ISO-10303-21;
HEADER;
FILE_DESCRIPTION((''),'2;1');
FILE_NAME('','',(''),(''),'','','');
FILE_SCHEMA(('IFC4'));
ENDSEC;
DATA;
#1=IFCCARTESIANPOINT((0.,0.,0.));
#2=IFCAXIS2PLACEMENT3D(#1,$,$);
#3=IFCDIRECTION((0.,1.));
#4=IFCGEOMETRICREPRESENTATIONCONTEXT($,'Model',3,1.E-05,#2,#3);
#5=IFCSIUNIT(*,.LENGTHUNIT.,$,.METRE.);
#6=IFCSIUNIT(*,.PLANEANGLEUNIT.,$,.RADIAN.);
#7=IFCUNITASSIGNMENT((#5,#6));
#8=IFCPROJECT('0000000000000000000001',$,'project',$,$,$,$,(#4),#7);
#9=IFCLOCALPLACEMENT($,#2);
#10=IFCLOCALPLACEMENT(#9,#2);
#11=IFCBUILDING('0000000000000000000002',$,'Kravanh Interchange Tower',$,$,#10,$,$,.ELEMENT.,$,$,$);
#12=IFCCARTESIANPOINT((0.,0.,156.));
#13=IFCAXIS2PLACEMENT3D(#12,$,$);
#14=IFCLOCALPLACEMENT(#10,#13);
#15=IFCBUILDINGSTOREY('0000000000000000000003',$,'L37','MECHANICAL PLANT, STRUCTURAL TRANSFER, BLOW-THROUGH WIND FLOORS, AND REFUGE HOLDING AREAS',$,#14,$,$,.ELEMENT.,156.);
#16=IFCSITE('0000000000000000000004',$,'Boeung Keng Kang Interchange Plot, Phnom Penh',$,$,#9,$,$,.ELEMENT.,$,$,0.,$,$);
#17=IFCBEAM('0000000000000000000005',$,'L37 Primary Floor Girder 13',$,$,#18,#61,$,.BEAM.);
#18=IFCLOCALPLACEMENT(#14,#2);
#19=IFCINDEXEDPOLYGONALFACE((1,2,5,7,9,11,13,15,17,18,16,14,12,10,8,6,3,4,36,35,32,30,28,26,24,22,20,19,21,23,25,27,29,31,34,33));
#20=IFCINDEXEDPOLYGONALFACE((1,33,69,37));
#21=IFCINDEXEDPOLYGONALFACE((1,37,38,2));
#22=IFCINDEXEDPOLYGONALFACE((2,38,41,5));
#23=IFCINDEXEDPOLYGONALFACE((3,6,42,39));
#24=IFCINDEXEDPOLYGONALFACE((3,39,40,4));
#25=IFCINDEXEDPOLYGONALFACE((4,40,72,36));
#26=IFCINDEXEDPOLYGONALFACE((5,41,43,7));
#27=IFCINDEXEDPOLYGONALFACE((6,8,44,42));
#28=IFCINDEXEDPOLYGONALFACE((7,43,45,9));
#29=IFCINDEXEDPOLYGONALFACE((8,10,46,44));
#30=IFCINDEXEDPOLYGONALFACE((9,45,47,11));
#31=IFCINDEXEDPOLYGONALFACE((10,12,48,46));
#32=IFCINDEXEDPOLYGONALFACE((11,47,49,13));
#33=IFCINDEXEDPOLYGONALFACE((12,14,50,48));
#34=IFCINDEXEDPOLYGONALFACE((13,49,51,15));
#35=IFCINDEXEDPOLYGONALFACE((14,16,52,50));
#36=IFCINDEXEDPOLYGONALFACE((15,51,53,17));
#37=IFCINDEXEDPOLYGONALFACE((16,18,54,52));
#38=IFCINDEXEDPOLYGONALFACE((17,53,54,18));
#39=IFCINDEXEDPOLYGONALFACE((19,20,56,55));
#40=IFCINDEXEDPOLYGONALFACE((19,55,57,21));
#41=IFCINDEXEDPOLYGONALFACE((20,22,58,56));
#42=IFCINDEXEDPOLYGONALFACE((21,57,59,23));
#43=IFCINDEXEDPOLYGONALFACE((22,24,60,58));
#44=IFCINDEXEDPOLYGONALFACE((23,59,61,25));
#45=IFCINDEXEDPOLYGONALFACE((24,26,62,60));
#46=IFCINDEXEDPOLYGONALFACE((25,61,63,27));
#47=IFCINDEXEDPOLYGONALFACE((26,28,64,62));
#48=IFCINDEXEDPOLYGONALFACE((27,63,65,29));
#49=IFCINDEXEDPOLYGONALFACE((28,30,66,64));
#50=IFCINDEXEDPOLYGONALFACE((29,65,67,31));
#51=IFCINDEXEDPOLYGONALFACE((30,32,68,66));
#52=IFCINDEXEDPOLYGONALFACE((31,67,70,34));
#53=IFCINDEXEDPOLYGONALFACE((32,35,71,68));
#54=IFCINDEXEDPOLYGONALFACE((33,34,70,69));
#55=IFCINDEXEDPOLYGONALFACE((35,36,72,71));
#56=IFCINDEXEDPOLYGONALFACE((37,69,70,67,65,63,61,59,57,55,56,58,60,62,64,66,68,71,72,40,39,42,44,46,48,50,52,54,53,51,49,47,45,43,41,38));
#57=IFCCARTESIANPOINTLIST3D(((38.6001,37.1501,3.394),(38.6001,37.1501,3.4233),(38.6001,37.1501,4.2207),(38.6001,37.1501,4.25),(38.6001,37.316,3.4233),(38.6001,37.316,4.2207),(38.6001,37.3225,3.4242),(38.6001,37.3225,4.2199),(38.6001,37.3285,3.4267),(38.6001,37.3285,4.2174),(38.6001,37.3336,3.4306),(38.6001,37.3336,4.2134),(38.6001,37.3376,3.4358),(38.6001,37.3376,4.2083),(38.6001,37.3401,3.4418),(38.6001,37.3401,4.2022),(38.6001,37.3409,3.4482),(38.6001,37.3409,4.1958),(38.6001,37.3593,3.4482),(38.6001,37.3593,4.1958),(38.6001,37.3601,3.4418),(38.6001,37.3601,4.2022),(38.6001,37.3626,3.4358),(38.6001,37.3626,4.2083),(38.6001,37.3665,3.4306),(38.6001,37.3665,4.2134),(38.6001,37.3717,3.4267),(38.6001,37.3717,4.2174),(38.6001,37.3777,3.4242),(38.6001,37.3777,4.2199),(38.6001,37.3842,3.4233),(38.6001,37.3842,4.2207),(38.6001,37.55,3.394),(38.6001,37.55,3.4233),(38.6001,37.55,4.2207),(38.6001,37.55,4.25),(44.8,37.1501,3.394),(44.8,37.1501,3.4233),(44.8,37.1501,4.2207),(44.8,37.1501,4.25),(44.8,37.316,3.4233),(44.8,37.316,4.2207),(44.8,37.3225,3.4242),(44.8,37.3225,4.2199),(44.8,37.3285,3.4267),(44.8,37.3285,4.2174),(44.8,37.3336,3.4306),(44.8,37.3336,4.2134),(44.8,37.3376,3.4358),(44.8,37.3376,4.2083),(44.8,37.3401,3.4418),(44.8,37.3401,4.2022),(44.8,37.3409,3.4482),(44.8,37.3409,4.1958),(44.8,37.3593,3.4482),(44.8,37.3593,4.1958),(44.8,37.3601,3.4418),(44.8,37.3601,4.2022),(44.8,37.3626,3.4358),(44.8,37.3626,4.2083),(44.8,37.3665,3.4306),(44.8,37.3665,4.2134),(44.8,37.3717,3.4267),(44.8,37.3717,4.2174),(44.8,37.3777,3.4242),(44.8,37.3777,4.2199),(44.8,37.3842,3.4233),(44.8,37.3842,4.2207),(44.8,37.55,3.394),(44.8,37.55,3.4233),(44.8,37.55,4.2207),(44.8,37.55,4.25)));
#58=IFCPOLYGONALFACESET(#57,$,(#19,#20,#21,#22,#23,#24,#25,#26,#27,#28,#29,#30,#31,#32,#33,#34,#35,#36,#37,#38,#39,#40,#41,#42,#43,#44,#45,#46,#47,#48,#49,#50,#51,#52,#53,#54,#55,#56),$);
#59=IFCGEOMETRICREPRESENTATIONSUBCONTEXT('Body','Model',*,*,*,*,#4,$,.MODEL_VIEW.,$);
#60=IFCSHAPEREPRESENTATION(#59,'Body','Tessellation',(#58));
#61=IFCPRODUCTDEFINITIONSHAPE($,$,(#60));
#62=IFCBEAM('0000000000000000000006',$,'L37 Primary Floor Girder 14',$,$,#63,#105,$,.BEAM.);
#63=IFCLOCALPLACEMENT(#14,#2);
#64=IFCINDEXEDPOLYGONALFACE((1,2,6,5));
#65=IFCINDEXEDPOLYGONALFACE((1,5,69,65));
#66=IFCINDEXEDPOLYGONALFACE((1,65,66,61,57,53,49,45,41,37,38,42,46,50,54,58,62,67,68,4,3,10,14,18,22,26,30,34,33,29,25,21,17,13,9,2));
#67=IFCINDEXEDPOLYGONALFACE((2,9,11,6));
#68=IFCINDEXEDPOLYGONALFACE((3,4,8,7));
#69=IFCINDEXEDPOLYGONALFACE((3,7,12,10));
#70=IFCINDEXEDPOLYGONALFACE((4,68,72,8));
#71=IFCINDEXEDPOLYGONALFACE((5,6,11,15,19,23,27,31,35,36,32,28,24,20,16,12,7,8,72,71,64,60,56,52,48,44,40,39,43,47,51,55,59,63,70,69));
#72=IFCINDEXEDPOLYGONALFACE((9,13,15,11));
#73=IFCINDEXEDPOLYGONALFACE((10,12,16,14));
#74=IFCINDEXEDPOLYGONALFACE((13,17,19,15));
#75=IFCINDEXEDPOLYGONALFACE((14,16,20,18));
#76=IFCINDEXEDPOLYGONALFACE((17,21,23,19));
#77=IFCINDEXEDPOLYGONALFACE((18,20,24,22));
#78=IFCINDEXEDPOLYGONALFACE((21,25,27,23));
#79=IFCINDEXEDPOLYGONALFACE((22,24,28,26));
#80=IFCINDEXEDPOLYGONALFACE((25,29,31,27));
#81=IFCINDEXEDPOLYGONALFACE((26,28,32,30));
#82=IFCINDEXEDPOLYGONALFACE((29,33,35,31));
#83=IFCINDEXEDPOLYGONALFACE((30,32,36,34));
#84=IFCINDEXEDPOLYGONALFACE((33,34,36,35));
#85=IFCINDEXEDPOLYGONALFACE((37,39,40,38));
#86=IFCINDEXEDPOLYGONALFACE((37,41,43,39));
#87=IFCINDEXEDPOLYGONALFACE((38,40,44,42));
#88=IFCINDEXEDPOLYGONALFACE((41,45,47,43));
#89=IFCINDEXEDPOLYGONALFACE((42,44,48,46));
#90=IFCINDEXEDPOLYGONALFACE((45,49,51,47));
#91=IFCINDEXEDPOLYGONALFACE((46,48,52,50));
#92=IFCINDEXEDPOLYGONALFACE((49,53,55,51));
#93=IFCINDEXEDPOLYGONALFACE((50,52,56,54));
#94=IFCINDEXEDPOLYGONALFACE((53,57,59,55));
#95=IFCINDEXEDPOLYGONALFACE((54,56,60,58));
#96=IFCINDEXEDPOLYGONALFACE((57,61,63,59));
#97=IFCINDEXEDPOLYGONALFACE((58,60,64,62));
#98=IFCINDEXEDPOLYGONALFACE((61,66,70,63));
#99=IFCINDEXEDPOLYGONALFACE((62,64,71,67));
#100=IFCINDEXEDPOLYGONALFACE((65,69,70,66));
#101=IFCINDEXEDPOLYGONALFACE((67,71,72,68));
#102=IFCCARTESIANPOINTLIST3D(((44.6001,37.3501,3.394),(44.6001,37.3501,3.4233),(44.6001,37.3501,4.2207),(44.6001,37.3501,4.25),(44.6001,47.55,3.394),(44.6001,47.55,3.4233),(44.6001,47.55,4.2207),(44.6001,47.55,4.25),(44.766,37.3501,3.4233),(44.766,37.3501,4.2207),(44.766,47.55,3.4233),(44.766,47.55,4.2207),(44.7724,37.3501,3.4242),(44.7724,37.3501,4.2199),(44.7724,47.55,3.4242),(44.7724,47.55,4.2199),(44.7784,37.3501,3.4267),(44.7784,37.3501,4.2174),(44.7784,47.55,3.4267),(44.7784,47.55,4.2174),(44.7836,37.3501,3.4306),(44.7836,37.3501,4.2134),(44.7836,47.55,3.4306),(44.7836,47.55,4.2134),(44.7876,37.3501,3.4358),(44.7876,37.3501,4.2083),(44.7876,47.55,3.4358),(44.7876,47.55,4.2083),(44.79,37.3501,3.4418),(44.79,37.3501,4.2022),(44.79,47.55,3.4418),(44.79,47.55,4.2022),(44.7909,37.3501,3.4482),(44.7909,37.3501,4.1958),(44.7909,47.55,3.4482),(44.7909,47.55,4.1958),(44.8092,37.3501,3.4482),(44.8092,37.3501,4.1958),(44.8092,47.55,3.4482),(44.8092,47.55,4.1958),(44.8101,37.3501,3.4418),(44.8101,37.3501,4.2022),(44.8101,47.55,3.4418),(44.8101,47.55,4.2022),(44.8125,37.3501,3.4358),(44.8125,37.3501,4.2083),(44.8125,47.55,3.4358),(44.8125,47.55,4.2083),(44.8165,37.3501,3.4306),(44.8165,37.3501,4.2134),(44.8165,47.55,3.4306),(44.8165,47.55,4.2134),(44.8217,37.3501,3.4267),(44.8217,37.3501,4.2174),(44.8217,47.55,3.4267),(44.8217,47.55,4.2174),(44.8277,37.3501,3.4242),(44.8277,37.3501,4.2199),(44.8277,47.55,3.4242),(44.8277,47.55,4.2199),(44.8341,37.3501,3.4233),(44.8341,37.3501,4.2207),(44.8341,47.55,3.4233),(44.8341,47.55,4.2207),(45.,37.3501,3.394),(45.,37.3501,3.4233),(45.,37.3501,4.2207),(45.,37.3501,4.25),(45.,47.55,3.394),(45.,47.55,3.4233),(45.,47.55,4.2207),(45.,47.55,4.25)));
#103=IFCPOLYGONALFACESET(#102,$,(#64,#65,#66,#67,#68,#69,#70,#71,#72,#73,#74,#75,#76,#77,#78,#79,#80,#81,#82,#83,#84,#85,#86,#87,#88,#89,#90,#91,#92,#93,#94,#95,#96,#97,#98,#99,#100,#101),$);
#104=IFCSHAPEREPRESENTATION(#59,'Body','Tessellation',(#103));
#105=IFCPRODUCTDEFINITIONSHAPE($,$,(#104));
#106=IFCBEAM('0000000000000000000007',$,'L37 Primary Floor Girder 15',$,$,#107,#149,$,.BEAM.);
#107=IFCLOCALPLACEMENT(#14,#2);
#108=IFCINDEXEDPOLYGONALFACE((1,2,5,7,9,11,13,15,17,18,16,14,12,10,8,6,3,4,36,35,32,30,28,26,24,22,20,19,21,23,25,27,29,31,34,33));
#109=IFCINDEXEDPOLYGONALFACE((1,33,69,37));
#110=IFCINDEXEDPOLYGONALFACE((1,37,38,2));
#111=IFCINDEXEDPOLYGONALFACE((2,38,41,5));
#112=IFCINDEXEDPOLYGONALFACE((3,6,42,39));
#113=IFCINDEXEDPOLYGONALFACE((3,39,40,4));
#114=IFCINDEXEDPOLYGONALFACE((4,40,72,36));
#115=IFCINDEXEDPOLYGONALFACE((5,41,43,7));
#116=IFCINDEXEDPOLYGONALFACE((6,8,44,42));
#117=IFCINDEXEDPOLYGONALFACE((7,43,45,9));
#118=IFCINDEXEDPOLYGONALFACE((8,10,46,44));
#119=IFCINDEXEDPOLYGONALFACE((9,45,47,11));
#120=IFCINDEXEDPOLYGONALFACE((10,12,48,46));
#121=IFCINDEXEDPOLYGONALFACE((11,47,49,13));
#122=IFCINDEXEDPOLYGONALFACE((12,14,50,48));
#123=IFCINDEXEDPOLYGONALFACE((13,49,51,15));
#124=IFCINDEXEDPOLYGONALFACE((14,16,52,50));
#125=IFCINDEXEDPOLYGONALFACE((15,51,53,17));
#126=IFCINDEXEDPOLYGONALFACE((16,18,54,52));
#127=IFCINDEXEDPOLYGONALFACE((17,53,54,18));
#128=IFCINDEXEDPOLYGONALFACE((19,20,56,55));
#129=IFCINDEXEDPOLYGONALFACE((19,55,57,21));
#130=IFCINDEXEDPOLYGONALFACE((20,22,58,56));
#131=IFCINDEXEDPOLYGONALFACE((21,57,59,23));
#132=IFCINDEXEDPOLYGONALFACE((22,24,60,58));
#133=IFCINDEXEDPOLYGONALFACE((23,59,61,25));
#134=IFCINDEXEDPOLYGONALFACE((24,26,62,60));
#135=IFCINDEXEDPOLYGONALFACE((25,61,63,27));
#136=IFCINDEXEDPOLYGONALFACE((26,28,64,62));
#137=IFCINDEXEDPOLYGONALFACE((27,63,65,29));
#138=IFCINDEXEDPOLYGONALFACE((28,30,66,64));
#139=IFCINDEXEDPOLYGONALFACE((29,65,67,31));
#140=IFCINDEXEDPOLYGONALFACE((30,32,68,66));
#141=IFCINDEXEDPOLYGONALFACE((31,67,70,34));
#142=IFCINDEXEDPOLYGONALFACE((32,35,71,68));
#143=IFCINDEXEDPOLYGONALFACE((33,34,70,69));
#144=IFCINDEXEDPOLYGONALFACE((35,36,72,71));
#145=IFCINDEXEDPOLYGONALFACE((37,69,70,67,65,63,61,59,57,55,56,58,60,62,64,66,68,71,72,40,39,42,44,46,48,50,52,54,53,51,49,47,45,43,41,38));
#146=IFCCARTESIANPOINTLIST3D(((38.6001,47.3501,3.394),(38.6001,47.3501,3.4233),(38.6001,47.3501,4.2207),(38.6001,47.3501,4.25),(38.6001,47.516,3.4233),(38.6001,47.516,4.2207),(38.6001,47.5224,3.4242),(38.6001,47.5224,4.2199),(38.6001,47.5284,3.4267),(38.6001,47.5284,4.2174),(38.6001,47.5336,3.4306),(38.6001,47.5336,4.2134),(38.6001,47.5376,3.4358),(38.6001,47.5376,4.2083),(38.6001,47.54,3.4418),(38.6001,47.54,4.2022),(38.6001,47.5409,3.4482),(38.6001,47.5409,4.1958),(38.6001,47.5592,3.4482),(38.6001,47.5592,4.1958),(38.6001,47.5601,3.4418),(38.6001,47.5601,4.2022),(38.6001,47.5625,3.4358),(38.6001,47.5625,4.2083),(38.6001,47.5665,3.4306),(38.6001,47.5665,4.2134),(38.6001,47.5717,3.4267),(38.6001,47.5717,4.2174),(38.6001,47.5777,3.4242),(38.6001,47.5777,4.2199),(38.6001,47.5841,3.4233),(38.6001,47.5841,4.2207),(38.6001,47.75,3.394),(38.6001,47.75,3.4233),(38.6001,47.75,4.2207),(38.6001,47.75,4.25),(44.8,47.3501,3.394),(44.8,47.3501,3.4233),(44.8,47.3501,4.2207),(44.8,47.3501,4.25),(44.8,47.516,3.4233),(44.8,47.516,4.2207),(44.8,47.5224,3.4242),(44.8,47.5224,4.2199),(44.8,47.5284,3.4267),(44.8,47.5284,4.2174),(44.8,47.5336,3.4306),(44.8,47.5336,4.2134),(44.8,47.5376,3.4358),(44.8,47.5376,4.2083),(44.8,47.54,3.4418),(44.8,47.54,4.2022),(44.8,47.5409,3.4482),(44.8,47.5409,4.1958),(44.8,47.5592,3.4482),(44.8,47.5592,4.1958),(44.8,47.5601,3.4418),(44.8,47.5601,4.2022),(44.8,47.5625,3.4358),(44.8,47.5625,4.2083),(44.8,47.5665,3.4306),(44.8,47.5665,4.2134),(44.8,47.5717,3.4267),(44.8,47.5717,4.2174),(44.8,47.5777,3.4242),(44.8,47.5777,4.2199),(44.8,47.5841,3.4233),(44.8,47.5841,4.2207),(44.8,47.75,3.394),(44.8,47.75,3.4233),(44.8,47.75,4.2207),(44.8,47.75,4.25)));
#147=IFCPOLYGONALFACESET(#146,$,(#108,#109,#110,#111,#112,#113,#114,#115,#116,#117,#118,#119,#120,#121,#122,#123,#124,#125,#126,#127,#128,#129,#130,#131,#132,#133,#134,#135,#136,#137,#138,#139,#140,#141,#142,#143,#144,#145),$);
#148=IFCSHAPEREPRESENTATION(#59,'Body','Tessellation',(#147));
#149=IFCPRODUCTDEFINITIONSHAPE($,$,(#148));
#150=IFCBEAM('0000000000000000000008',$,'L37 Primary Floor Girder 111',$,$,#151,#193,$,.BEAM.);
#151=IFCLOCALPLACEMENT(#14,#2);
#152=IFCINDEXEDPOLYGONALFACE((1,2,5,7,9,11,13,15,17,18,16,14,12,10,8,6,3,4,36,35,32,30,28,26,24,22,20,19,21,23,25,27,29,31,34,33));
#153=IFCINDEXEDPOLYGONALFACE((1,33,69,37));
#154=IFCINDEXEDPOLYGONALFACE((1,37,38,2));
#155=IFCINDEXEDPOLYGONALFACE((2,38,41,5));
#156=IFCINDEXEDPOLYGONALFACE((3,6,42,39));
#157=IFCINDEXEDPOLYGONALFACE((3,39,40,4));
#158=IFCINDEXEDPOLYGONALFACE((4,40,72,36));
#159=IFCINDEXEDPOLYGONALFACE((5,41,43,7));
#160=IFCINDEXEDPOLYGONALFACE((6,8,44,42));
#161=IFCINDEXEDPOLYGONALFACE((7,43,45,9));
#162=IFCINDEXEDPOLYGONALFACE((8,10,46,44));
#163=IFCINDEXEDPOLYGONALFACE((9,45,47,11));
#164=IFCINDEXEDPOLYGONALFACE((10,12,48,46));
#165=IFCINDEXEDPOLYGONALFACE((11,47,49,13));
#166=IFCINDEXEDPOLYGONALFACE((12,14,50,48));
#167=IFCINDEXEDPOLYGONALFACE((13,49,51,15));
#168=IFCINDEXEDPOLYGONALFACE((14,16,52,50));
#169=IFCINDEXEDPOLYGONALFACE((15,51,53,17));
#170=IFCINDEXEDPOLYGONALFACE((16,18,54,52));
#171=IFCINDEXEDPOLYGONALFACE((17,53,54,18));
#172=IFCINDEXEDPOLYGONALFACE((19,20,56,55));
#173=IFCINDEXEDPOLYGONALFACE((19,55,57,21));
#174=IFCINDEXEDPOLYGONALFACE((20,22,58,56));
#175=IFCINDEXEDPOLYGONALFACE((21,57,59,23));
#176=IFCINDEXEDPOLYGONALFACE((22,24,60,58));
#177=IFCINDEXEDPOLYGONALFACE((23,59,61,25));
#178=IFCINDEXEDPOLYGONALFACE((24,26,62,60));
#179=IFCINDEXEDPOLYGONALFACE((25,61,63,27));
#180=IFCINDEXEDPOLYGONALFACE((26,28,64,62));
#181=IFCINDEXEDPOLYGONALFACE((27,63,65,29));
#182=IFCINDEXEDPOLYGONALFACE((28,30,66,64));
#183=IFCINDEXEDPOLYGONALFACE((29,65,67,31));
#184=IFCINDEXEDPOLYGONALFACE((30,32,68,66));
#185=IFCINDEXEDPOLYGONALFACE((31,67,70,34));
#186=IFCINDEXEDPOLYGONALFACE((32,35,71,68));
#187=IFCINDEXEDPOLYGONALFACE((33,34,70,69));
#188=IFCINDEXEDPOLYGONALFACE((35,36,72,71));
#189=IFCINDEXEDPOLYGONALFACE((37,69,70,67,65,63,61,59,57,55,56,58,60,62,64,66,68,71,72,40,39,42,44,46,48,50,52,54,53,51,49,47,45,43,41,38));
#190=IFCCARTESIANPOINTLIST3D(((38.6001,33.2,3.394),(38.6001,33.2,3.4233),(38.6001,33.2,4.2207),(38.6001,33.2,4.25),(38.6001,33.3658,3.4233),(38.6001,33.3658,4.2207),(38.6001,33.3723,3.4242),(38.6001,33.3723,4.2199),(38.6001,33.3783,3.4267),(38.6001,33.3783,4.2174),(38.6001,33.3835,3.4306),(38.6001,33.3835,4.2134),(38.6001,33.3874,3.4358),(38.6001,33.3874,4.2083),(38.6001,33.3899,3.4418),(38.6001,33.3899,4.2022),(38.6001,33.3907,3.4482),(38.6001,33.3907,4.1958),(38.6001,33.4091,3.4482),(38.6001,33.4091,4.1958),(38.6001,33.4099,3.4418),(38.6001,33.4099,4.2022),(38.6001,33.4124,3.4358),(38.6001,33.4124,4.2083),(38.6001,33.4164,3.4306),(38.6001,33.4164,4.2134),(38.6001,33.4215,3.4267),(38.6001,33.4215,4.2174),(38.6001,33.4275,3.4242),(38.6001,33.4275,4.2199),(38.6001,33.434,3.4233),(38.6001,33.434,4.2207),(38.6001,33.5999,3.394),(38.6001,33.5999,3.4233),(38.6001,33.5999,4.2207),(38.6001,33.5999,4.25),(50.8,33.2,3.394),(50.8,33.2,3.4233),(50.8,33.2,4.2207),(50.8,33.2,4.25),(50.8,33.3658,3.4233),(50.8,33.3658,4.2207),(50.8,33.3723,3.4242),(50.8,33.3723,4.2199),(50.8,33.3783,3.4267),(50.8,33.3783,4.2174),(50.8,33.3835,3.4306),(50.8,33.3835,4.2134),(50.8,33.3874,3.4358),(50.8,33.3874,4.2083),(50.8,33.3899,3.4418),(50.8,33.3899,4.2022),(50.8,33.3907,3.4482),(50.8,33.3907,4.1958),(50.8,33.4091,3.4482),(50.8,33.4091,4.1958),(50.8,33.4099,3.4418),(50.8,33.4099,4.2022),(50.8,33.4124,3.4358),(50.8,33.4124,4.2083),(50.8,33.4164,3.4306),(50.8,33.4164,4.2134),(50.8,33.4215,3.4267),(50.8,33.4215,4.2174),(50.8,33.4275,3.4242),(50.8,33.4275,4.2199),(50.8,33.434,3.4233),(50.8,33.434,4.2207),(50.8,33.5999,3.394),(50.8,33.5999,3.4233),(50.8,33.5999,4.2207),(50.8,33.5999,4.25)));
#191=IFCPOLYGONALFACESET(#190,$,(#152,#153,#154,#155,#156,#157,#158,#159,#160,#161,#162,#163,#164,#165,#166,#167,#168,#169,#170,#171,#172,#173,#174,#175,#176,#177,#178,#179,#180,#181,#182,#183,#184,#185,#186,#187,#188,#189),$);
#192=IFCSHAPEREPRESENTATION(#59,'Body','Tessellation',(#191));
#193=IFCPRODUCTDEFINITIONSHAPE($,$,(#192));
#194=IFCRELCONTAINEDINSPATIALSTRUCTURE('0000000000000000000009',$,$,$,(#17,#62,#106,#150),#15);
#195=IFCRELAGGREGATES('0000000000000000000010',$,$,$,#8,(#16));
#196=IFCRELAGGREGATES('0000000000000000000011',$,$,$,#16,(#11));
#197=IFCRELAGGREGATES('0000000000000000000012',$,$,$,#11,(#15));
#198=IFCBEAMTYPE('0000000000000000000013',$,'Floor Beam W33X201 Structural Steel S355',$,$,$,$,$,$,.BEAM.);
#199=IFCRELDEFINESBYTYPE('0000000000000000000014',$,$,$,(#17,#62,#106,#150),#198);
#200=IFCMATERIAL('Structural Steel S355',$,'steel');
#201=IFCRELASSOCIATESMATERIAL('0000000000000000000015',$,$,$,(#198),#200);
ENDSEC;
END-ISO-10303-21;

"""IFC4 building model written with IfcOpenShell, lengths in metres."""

from ifc_helpers import new_model, si_unit, direction, frame, origin, origin_2d, place, context, subcontext, project, spatial, i_section, extrude, material, material_profile, profile_set, type_object, element, save


model = new_model("IFC4")

# Units and contexts
model_context = context("Model", 3, precision=1e-05, world=origin(), true_north=direction((0.0, 1.0)))
body_context = subcontext(model_context, "Body", "Model", "MODEL_VIEW")
ifc_project = project(units=[si_unit("LENGTHUNIT", "METRE"), si_unit("PLANEANGLEUNIT", "RADIAN")], contexts=[model_context])

# Site, building, storey
site_placement = place(None, origin())
site = spatial("IfcSite", under=ifc_project, at=site_placement, Name="Boeung Keng Kang Interchange Plot, Phnom Penh", CompositionType="ELEMENT", RefElevation=0.0)
building_placement = place(site_placement, origin())
building = spatial("IfcBuilding", under=site, at=building_placement, Name="Kravanh Interchange Tower", CompositionType="ELEMENT")
storey_placement = place(building_placement, frame((0.0, 0.0, 156.0)))
storey = spatial("IfcBuildingStorey", under=building, at=storey_placement, Name="L37", Description="MECHANICAL PLANT, STRUCTURAL TRANSFER, BLOW-THROUGH WIND FLOORS, AND REFUGE HOLDING AREAS", CompositionType="ELEMENT", Elevation=156.0)

# Beams
ifc_material_1 = material(Name="Structural Steel S355", Category="steel")
ifc_material_profile_1 = material_profile(ifc_material_1, i_section(OverallWidth=0.3999, OverallDepth=0.856, WebThickness=0.0183, FlangeThickness=0.0293, FilletRadius=0.0249, at=origin_2d()), Name="W33X201")
ifc_profile_set_1 = profile_set([ifc_material_profile_1], Name="Structural Steel S355")
beam_type_1 = type_object("IfcBeamType", Name="Floor Beam W33X201 Structural Steel S355", PredefinedType="BEAM", material=ifc_profile_set_1)
beam_1_placement = place(storey_placement, frame((44.8, 37.3501, 3.822), z_axis=(-1.0, 0.0, 0.0), x_axis=(0.0, -1.0, 0.0)))
element("IfcBeam", 1, at=beam_1_placement, inside=storey, type_object=beam_type_1, Name="L37 Primary Floor Girder 13", PredefinedType="BEAM", context=body_context, shape_type="SweptSolid", body=[
    extrude(i_section(OverallWidth=0.3999, OverallDepth=0.856, WebThickness=0.0183, FlangeThickness=0.0293, FilletRadius=0.0249, at=origin_2d()), origin(), (0.0, 0.0, 1.0), 6.2),
])
beam_2_placement = place(storey_placement, frame((44.8, 37.3501, 3.822), z_axis=(0.0, 1.0, 0.0), x_axis=(-1.0, 0.0, 0.0)))
element("IfcBeam", 2, at=beam_2_placement, inside=storey, type_object=beam_type_1, Name="L37 Primary Floor Girder 14", PredefinedType="BEAM", context=body_context, shape_type="SweptSolid", body=[
    extrude(i_section(OverallWidth=0.3999, OverallDepth=0.856, WebThickness=0.0183, FlangeThickness=0.0293, FilletRadius=0.0249, at=origin_2d()), origin(), (0.0, 0.0, 1.0), 10.2),
])
beam_3_placement = place(storey_placement, frame((44.8, 47.55, 3.822), z_axis=(-1.0, 0.0, 0.0), x_axis=(0.0, -1.0, 0.0)))
element("IfcBeam", 3, at=beam_3_placement, inside=storey, type_object=beam_type_1, Name="L37 Primary Floor Girder 15", PredefinedType="BEAM", context=body_context, shape_type="SweptSolid", body=[
    extrude(i_section(OverallWidth=0.3999, OverallDepth=0.856, WebThickness=0.0183, FlangeThickness=0.0293, FilletRadius=0.0249, at=origin_2d()), origin(), (0.0, 0.0, 1.0), 6.2),
])
beam_4_placement = place(storey_placement, frame((38.6001, 33.3999, 3.822), z_axis=(1.0, 0.0, 0.0), x_axis=(0.0, 1.0, 0.0)))
element("IfcBeam", 4, at=beam_4_placement, inside=storey, type_object=beam_type_1, Name="L37 Primary Floor Girder 111", PredefinedType="BEAM", context=body_context, shape_type="SweptSolid", body=[
    extrude(i_section(OverallWidth=0.3999, OverallDepth=0.856, WebThickness=0.0183, FlangeThickness=0.0293, FilletRadius=0.0249, at=origin_2d()), origin(), (0.0, 0.0, 1.0), 12.2),
])

save(model, "model.ifc")
